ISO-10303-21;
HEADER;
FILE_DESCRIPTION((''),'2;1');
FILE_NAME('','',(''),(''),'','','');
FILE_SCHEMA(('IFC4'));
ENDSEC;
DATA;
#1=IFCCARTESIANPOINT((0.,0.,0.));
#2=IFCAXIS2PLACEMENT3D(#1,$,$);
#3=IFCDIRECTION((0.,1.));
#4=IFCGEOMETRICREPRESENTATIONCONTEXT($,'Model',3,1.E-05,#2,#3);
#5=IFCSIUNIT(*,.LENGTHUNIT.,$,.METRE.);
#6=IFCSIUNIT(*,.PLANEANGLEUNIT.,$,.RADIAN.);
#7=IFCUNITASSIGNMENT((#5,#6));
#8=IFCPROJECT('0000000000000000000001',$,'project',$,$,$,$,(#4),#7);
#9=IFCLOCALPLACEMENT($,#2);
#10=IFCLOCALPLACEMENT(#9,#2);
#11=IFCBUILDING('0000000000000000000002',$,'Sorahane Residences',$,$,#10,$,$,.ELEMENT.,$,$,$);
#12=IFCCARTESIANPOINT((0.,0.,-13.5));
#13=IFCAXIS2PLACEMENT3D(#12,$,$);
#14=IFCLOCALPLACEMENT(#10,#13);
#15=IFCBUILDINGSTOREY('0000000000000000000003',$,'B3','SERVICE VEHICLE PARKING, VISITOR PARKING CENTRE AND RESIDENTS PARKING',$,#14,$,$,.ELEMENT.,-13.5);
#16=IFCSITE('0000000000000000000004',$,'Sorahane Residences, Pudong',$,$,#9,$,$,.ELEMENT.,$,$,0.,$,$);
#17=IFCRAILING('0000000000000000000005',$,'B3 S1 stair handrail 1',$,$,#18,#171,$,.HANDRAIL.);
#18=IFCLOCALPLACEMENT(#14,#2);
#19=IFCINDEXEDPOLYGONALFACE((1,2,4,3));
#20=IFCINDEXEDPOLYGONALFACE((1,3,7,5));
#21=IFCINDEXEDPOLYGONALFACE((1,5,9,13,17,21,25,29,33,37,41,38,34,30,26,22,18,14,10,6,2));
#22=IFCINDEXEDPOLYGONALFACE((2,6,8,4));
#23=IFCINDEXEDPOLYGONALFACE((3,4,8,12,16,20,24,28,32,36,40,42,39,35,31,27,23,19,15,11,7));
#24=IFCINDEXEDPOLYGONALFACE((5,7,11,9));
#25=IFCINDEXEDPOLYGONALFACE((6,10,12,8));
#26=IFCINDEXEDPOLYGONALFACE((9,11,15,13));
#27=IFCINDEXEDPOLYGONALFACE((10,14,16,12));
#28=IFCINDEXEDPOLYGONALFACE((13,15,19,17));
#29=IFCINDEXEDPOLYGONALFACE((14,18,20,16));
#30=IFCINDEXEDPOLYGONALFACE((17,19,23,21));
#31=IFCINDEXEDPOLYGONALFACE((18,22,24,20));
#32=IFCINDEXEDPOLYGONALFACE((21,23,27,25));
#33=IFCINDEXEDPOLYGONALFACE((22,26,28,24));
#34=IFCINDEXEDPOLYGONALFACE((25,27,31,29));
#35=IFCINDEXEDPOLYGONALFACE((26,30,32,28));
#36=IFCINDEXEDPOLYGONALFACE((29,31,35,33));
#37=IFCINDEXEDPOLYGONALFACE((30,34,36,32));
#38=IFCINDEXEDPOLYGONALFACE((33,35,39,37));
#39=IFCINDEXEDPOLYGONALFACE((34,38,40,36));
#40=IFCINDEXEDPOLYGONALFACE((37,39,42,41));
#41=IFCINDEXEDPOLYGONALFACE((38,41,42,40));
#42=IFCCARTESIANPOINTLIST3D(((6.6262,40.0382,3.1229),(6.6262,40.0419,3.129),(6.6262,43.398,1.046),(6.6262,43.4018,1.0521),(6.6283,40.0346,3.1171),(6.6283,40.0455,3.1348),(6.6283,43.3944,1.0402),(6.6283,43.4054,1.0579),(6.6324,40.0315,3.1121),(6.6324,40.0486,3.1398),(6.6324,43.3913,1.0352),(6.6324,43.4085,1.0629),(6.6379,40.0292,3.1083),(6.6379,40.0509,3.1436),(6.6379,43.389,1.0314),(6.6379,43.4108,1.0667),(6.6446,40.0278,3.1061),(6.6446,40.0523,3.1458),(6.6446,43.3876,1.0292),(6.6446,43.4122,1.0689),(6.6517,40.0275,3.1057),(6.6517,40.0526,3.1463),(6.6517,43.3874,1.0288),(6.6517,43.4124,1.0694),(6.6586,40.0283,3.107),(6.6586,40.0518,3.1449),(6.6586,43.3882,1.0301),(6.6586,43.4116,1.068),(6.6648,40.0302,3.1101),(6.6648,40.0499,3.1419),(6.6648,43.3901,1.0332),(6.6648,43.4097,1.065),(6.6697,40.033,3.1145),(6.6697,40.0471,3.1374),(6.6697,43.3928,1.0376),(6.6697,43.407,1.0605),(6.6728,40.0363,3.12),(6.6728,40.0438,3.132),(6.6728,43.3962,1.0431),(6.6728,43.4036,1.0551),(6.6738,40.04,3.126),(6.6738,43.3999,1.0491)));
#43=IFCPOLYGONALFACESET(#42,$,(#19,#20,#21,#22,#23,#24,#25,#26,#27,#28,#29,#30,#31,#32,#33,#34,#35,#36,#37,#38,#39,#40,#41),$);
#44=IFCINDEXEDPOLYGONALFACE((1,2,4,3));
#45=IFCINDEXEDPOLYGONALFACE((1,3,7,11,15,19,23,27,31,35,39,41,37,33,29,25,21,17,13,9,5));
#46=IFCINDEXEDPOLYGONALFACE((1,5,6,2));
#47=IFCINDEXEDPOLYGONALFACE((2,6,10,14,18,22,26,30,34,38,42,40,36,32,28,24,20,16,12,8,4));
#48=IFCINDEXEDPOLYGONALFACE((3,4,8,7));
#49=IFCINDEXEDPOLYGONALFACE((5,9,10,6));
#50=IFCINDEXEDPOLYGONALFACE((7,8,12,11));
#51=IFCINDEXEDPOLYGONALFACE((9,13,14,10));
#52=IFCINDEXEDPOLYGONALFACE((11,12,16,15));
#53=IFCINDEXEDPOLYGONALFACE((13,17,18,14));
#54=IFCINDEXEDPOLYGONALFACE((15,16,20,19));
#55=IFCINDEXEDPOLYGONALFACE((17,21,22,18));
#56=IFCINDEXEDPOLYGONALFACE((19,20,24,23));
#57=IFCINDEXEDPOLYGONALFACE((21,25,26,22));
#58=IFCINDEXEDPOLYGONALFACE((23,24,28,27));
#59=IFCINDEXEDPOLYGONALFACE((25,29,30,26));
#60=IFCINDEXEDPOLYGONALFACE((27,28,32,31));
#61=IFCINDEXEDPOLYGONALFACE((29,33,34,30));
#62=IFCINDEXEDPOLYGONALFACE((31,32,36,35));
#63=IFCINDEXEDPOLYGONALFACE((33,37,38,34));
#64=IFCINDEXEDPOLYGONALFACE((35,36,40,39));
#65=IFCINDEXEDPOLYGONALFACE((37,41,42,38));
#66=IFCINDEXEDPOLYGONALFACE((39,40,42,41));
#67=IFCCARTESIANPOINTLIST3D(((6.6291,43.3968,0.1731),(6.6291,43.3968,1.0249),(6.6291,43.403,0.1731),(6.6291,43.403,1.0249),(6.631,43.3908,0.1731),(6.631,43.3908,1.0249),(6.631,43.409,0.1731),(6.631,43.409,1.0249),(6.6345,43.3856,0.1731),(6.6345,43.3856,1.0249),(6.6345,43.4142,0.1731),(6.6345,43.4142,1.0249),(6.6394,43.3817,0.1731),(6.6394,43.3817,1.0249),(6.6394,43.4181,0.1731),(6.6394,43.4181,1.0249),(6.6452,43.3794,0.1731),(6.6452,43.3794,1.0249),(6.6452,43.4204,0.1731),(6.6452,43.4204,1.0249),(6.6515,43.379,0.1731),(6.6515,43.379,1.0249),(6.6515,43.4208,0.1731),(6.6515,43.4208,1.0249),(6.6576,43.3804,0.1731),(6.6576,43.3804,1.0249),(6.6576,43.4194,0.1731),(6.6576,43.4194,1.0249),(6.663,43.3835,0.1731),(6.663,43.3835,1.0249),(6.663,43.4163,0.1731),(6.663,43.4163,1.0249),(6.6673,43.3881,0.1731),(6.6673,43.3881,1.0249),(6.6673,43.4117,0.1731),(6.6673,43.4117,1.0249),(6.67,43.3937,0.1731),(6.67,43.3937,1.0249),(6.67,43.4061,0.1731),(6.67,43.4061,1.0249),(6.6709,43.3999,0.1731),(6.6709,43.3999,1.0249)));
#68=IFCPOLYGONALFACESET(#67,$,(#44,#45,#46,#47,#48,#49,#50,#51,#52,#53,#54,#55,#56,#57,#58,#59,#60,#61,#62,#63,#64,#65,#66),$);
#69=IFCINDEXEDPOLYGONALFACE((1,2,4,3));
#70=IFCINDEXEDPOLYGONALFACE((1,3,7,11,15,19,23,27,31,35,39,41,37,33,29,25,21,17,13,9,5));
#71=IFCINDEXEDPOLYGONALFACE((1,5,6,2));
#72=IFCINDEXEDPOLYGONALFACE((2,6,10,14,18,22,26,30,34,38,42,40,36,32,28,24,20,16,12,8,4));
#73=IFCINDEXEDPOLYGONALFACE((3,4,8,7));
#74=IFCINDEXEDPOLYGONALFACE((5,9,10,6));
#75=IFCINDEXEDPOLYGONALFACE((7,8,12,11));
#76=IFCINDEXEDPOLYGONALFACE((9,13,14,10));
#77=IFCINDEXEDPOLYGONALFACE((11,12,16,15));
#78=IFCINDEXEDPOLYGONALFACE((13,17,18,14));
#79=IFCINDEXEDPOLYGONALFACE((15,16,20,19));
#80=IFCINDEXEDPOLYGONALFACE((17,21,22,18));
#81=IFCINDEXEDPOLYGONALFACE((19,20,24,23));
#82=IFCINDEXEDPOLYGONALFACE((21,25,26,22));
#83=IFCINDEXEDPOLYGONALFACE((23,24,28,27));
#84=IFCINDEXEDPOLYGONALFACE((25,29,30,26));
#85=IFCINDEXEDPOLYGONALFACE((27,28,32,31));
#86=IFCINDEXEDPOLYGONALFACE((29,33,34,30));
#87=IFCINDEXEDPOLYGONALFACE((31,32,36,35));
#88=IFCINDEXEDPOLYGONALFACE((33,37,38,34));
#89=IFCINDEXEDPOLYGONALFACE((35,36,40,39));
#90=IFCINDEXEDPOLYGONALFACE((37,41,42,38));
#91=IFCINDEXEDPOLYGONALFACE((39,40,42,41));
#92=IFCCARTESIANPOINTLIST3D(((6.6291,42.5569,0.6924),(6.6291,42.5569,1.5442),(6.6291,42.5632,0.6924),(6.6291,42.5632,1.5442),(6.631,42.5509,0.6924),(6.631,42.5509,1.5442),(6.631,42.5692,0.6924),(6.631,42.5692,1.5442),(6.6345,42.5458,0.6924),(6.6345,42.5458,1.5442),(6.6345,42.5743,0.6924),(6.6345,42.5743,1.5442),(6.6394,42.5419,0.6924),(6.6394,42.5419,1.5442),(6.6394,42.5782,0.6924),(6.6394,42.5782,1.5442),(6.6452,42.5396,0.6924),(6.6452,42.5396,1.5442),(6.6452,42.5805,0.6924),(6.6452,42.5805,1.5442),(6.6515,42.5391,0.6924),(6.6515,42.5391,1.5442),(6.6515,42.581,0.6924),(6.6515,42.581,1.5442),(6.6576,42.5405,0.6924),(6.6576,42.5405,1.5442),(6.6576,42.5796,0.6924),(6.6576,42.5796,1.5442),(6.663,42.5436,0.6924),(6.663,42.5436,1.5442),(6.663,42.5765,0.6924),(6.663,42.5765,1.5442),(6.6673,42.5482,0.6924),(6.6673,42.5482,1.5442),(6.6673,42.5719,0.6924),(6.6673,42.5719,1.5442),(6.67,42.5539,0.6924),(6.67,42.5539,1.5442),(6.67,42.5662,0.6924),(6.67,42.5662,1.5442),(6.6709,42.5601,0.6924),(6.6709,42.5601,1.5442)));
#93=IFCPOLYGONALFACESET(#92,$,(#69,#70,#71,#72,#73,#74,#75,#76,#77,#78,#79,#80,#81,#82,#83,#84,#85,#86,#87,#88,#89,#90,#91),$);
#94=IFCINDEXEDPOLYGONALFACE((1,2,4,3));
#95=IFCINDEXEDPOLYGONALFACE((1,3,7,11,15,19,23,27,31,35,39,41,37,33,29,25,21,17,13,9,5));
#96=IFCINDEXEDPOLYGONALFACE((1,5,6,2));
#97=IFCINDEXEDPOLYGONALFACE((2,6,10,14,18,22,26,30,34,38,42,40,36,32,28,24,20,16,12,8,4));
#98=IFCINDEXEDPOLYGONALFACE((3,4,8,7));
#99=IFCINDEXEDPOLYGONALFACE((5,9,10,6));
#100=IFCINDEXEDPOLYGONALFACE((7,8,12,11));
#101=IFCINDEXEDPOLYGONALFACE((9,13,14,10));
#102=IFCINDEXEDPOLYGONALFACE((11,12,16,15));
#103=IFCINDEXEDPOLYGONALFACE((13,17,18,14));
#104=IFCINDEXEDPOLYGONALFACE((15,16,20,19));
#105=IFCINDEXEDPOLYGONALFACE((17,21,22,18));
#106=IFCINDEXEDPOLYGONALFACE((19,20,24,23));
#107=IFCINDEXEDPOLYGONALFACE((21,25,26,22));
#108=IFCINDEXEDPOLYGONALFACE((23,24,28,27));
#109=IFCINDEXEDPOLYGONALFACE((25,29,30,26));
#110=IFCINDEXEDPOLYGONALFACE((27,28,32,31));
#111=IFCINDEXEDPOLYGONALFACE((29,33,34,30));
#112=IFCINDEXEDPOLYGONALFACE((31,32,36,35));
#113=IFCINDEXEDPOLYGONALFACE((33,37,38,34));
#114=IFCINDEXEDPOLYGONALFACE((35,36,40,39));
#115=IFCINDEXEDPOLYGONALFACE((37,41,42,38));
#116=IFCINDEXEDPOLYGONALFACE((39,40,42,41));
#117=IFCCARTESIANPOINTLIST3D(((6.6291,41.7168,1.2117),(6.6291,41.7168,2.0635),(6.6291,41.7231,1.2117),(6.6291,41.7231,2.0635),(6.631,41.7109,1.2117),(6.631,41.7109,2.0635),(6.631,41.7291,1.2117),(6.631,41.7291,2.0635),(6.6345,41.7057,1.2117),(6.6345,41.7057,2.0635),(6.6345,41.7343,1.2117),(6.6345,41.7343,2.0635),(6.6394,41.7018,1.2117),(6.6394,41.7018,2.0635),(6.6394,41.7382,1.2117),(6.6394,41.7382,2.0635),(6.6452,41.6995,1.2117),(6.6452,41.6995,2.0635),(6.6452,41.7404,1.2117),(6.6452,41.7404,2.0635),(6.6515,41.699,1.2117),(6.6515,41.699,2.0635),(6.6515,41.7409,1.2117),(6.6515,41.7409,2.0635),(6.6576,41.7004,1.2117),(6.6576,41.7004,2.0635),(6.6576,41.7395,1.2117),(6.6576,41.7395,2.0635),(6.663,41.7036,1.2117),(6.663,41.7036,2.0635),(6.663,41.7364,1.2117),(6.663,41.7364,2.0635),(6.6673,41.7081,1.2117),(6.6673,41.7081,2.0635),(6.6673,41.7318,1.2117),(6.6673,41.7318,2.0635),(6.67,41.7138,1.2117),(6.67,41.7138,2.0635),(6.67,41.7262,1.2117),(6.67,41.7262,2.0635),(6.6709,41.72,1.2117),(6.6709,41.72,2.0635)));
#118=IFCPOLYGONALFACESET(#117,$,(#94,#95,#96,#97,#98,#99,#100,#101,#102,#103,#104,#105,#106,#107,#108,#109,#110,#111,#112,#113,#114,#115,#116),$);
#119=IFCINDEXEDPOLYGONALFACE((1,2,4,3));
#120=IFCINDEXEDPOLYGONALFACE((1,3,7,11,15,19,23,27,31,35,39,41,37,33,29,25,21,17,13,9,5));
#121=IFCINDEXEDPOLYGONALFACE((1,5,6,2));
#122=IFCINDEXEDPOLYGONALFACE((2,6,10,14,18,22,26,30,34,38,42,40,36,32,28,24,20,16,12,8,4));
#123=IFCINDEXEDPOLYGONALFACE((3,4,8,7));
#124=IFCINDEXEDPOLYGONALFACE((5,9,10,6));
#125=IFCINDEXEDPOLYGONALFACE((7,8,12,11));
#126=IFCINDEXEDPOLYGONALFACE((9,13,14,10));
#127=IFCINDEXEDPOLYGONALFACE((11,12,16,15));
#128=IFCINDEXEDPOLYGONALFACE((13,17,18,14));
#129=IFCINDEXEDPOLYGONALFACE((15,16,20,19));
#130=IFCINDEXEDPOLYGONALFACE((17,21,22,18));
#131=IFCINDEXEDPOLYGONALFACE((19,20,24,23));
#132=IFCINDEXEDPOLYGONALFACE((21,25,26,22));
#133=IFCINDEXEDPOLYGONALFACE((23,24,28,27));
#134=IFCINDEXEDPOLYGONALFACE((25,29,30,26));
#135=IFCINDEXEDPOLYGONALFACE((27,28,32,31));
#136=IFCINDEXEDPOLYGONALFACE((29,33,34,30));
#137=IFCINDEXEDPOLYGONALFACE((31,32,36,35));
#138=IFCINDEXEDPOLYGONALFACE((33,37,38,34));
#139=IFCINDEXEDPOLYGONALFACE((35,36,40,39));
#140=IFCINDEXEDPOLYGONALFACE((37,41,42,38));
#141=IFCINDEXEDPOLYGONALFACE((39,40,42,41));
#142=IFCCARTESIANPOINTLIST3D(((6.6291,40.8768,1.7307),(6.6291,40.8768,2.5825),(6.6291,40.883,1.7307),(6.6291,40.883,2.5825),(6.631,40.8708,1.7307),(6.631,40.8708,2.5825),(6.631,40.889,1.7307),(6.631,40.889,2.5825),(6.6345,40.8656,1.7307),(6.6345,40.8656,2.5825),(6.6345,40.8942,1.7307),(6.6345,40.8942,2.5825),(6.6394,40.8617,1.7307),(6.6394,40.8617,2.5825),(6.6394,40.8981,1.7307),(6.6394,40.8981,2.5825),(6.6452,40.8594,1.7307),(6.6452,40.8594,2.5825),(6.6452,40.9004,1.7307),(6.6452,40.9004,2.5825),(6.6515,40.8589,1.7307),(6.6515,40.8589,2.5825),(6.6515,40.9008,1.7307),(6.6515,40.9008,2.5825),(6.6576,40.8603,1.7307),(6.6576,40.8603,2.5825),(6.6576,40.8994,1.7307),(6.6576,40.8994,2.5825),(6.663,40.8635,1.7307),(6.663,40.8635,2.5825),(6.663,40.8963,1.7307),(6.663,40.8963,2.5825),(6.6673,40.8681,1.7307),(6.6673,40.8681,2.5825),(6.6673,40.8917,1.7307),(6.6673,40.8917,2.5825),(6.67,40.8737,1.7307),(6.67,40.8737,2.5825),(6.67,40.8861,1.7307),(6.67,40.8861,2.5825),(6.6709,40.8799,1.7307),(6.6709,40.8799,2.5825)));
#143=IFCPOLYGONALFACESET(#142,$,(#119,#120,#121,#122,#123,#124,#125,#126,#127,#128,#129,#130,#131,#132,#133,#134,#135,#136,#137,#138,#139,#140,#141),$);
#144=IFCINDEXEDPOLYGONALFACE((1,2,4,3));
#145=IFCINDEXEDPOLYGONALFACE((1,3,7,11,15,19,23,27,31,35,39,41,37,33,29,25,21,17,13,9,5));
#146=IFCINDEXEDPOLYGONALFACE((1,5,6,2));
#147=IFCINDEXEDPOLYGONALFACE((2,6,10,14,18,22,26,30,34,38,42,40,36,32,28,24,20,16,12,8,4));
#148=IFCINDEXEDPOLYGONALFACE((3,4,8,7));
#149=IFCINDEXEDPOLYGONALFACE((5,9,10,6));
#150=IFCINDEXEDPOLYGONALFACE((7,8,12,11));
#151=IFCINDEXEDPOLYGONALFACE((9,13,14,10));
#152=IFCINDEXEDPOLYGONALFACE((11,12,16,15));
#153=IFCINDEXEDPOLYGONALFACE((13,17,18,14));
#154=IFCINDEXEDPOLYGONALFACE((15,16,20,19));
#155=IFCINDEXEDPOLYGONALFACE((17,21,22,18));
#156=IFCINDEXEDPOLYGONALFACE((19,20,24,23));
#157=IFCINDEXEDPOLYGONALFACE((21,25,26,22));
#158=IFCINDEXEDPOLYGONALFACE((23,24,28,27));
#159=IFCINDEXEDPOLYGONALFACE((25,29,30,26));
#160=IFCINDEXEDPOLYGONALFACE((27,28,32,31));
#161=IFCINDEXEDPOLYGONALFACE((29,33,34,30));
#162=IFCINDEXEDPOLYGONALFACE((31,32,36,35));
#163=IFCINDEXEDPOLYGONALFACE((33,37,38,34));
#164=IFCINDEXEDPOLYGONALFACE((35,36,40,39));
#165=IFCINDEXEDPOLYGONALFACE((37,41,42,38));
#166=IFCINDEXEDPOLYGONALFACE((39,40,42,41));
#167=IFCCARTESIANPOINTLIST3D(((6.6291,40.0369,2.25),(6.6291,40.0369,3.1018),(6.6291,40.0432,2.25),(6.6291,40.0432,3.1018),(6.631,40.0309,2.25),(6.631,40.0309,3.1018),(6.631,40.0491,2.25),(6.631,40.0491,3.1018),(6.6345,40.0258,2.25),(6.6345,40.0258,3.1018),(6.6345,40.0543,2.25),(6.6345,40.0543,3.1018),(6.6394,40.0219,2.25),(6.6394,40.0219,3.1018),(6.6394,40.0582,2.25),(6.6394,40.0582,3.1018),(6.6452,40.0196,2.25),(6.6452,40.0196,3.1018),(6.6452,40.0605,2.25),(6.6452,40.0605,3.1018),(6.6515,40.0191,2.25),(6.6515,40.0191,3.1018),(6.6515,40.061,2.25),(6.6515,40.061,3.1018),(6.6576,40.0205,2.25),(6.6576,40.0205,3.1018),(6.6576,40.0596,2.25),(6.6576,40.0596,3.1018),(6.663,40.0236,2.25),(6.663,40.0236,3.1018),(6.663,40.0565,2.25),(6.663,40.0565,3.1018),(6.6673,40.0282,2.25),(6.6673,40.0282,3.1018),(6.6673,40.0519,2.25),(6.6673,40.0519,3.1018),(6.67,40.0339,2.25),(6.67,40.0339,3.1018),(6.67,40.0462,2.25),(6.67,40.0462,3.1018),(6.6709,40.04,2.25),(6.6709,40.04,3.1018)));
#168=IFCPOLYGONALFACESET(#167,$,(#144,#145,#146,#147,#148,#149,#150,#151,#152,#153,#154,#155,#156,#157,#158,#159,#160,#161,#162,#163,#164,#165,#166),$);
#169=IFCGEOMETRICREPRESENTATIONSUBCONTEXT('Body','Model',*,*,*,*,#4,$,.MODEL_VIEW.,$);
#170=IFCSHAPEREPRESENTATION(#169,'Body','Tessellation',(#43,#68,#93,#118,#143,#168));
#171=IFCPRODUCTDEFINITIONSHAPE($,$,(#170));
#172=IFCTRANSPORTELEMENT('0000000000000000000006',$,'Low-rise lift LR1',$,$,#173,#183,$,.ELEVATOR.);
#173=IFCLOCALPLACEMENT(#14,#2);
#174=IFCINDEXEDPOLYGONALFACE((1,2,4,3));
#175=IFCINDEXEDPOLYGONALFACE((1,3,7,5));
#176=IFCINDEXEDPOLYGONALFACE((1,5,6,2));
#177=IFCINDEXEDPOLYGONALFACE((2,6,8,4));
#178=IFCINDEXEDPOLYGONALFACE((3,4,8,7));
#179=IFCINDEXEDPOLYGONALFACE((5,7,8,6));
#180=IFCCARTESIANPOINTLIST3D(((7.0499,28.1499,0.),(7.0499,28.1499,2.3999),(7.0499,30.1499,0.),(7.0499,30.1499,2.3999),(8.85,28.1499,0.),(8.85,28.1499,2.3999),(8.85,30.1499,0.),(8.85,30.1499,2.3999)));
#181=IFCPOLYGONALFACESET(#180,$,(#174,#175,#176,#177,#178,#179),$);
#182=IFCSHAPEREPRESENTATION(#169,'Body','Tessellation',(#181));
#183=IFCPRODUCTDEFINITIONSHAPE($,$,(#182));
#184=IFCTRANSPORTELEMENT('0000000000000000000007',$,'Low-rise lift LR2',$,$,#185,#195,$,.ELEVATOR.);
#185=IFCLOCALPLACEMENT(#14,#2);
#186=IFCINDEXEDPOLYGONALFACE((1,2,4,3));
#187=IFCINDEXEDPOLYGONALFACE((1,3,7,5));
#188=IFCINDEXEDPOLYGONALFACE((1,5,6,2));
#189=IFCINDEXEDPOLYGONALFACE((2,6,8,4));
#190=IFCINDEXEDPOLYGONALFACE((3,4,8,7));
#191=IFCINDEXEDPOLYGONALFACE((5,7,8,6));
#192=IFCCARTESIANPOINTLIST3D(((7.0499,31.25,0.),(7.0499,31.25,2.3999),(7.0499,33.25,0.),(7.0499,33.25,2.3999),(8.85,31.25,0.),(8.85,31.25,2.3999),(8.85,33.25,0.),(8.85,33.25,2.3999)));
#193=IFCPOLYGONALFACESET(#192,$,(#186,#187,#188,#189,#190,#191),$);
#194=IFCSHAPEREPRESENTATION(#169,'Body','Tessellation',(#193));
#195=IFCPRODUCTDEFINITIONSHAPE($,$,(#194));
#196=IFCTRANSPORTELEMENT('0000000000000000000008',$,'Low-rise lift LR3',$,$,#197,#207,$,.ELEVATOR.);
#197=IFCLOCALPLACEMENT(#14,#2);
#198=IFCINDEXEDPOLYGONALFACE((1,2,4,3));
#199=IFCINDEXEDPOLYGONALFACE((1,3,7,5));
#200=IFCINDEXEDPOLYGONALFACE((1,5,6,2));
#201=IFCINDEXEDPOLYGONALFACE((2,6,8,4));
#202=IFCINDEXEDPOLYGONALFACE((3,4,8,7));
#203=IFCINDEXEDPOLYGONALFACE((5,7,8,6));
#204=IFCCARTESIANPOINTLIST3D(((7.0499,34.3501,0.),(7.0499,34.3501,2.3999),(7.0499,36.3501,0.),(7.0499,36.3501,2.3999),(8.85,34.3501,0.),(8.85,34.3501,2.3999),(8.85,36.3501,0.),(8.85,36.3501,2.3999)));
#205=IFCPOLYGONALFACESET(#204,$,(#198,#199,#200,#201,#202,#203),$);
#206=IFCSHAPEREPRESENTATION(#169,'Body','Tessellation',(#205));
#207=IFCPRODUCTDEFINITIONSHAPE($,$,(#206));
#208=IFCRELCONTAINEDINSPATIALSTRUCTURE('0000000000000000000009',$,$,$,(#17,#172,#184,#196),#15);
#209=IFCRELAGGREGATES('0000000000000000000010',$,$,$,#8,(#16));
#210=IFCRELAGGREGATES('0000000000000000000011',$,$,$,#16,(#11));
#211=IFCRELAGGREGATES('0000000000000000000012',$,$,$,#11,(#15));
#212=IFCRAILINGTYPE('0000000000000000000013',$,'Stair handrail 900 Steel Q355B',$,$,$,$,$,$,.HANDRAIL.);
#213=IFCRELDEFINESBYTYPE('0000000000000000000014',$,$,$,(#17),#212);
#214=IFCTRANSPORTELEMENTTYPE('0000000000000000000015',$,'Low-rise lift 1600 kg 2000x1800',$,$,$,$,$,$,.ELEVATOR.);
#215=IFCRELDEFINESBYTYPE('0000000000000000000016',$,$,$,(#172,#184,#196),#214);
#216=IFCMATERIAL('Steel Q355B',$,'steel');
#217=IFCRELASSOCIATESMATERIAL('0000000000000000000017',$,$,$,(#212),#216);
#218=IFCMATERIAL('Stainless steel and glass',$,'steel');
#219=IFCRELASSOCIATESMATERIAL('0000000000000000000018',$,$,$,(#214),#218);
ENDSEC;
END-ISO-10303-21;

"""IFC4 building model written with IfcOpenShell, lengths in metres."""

from ifc_helpers import new_model, si_unit, direction, frame, origin, origin_2d, place, context, subcontext, project, spatial, rectangle, circle, extrude, material, type_object, element, save


model = new_model("IFC4")

# Units and contexts
model_context = context("Model", 3, precision=1e-05, world=origin(), true_north=direction((0.0, 1.0)))
body_context = subcontext(model_context, "Body", "Model", "MODEL_VIEW")
ifc_project = project(units=[si_unit("LENGTHUNIT", "METRE"), si_unit("PLANEANGLEUNIT", "RADIAN")], contexts=[model_context])

# Site, building, storey
site_placement = place(None, origin())
site = spatial("IfcSite", under=ifc_project, at=site_placement, Name="Sorahane Residences, Pudong", CompositionType="ELEMENT", RefElevation=0.0)
building_placement = place(site_placement, origin())
building = spatial("IfcBuilding", under=site, at=building_placement, Name="Sorahane Residences", CompositionType="ELEMENT")
storey_placement = place(building_placement, frame((0.0, 0.0, -13.5)))
storey = spatial("IfcBuildingStorey", under=building, at=storey_placement, Name="B3", Description="SERVICE VEHICLE PARKING, VISITOR PARKING CENTRE AND RESIDENTS PARKING", CompositionType="ELEMENT", Elevation=-13.5)

# Railing
ifc_material_1 = material(Name="Steel Q355B", Category="steel")
railing_type_1 = type_object("IfcRailingType", Name="Stair handrail 900 Steel Q355B", PredefinedType="HANDRAIL", material=ifc_material_1)
railing_1_placement = place(storey_placement, frame((6.6499, 43.3999, 0.1731)))
element("IfcRailing", 1, at=railing_1_placement, inside=storey, type_object=railing_type_1, Name="B3 S1 stair handrail 1", PredefinedType="HANDRAIL", context=body_context, shape_type="SweptSolid", body=[
    extrude(circle(Radius=0.0239, at=origin_2d()), frame((0.0, 0.0, 0.876), z_axis=(0.0, -0.850606, 0.525803), x_axis=(1.0, 0.0, 0.0)), (0.0, 0.0, 1.0), 3.95),
    extrude(circle(Radius=0.021, at=origin_2d()), origin(), (0.0, 0.0, 1.0), 0.8518),
    extrude(circle(Radius=0.021, at=origin_2d()), frame((0.0, -0.8398, 0.5193)), (0.0, 0.0, 1.0), 0.8518),
    extrude(circle(Radius=0.021, at=origin_2d()), frame((0.0, -1.6799, 1.0386)), (0.0, 0.0, 1.0), 0.8518),
    extrude(circle(Radius=0.021, at=origin_2d()), frame((0.0, -2.52, 1.5576)), (0.0, 0.0, 1.0), 0.8518),
    extrude(circle(Radius=0.021, at=origin_2d()), frame((0.0, -3.3599, 2.0769)), (0.0, 0.0, 1.0), 0.8518),
])

# Transport elements
ifc_material_2 = material(Name="Stainless steel and glass", Category="steel")
transport_element_type = type_object("IfcTransportElementType", Name="Low-rise lift 1600 kg 2000x1800", PredefinedType="ELEVATOR", material=ifc_material_2)
for number, where, z_axis, x_axis, name in (
    (2, (7.95, 29.1499, 0.0), (0.0, 0.0, 1.0), (1.0, 0.0, 0.0), "Low-rise lift LR1"),
    (3, (7.95, 32.25, 0.0), (0.0, 0.0, 1.0), (1.0, 0.0, 0.0), "Low-rise lift LR2"),
    (4, (7.95, 35.3501, 0.0), (0.0, 0.0, 1.0), (1.0, 0.0, 0.0), "Low-rise lift LR3"),
):
    element("IfcTransportElement", number, at=place(storey_placement, frame(where, z_axis=z_axis, x_axis=x_axis)), inside=storey, type_object=transport_element_type, Name=name, PredefinedType="ELEVATOR", context=body_context, shape_type="SweptSolid", body=[
        extrude(rectangle(XDim=1.8, YDim=2.0, at=origin_2d()), origin(), (0.0, 0.0, 1.0), 2.3999),
    ])

save(model, "model.ifc")
